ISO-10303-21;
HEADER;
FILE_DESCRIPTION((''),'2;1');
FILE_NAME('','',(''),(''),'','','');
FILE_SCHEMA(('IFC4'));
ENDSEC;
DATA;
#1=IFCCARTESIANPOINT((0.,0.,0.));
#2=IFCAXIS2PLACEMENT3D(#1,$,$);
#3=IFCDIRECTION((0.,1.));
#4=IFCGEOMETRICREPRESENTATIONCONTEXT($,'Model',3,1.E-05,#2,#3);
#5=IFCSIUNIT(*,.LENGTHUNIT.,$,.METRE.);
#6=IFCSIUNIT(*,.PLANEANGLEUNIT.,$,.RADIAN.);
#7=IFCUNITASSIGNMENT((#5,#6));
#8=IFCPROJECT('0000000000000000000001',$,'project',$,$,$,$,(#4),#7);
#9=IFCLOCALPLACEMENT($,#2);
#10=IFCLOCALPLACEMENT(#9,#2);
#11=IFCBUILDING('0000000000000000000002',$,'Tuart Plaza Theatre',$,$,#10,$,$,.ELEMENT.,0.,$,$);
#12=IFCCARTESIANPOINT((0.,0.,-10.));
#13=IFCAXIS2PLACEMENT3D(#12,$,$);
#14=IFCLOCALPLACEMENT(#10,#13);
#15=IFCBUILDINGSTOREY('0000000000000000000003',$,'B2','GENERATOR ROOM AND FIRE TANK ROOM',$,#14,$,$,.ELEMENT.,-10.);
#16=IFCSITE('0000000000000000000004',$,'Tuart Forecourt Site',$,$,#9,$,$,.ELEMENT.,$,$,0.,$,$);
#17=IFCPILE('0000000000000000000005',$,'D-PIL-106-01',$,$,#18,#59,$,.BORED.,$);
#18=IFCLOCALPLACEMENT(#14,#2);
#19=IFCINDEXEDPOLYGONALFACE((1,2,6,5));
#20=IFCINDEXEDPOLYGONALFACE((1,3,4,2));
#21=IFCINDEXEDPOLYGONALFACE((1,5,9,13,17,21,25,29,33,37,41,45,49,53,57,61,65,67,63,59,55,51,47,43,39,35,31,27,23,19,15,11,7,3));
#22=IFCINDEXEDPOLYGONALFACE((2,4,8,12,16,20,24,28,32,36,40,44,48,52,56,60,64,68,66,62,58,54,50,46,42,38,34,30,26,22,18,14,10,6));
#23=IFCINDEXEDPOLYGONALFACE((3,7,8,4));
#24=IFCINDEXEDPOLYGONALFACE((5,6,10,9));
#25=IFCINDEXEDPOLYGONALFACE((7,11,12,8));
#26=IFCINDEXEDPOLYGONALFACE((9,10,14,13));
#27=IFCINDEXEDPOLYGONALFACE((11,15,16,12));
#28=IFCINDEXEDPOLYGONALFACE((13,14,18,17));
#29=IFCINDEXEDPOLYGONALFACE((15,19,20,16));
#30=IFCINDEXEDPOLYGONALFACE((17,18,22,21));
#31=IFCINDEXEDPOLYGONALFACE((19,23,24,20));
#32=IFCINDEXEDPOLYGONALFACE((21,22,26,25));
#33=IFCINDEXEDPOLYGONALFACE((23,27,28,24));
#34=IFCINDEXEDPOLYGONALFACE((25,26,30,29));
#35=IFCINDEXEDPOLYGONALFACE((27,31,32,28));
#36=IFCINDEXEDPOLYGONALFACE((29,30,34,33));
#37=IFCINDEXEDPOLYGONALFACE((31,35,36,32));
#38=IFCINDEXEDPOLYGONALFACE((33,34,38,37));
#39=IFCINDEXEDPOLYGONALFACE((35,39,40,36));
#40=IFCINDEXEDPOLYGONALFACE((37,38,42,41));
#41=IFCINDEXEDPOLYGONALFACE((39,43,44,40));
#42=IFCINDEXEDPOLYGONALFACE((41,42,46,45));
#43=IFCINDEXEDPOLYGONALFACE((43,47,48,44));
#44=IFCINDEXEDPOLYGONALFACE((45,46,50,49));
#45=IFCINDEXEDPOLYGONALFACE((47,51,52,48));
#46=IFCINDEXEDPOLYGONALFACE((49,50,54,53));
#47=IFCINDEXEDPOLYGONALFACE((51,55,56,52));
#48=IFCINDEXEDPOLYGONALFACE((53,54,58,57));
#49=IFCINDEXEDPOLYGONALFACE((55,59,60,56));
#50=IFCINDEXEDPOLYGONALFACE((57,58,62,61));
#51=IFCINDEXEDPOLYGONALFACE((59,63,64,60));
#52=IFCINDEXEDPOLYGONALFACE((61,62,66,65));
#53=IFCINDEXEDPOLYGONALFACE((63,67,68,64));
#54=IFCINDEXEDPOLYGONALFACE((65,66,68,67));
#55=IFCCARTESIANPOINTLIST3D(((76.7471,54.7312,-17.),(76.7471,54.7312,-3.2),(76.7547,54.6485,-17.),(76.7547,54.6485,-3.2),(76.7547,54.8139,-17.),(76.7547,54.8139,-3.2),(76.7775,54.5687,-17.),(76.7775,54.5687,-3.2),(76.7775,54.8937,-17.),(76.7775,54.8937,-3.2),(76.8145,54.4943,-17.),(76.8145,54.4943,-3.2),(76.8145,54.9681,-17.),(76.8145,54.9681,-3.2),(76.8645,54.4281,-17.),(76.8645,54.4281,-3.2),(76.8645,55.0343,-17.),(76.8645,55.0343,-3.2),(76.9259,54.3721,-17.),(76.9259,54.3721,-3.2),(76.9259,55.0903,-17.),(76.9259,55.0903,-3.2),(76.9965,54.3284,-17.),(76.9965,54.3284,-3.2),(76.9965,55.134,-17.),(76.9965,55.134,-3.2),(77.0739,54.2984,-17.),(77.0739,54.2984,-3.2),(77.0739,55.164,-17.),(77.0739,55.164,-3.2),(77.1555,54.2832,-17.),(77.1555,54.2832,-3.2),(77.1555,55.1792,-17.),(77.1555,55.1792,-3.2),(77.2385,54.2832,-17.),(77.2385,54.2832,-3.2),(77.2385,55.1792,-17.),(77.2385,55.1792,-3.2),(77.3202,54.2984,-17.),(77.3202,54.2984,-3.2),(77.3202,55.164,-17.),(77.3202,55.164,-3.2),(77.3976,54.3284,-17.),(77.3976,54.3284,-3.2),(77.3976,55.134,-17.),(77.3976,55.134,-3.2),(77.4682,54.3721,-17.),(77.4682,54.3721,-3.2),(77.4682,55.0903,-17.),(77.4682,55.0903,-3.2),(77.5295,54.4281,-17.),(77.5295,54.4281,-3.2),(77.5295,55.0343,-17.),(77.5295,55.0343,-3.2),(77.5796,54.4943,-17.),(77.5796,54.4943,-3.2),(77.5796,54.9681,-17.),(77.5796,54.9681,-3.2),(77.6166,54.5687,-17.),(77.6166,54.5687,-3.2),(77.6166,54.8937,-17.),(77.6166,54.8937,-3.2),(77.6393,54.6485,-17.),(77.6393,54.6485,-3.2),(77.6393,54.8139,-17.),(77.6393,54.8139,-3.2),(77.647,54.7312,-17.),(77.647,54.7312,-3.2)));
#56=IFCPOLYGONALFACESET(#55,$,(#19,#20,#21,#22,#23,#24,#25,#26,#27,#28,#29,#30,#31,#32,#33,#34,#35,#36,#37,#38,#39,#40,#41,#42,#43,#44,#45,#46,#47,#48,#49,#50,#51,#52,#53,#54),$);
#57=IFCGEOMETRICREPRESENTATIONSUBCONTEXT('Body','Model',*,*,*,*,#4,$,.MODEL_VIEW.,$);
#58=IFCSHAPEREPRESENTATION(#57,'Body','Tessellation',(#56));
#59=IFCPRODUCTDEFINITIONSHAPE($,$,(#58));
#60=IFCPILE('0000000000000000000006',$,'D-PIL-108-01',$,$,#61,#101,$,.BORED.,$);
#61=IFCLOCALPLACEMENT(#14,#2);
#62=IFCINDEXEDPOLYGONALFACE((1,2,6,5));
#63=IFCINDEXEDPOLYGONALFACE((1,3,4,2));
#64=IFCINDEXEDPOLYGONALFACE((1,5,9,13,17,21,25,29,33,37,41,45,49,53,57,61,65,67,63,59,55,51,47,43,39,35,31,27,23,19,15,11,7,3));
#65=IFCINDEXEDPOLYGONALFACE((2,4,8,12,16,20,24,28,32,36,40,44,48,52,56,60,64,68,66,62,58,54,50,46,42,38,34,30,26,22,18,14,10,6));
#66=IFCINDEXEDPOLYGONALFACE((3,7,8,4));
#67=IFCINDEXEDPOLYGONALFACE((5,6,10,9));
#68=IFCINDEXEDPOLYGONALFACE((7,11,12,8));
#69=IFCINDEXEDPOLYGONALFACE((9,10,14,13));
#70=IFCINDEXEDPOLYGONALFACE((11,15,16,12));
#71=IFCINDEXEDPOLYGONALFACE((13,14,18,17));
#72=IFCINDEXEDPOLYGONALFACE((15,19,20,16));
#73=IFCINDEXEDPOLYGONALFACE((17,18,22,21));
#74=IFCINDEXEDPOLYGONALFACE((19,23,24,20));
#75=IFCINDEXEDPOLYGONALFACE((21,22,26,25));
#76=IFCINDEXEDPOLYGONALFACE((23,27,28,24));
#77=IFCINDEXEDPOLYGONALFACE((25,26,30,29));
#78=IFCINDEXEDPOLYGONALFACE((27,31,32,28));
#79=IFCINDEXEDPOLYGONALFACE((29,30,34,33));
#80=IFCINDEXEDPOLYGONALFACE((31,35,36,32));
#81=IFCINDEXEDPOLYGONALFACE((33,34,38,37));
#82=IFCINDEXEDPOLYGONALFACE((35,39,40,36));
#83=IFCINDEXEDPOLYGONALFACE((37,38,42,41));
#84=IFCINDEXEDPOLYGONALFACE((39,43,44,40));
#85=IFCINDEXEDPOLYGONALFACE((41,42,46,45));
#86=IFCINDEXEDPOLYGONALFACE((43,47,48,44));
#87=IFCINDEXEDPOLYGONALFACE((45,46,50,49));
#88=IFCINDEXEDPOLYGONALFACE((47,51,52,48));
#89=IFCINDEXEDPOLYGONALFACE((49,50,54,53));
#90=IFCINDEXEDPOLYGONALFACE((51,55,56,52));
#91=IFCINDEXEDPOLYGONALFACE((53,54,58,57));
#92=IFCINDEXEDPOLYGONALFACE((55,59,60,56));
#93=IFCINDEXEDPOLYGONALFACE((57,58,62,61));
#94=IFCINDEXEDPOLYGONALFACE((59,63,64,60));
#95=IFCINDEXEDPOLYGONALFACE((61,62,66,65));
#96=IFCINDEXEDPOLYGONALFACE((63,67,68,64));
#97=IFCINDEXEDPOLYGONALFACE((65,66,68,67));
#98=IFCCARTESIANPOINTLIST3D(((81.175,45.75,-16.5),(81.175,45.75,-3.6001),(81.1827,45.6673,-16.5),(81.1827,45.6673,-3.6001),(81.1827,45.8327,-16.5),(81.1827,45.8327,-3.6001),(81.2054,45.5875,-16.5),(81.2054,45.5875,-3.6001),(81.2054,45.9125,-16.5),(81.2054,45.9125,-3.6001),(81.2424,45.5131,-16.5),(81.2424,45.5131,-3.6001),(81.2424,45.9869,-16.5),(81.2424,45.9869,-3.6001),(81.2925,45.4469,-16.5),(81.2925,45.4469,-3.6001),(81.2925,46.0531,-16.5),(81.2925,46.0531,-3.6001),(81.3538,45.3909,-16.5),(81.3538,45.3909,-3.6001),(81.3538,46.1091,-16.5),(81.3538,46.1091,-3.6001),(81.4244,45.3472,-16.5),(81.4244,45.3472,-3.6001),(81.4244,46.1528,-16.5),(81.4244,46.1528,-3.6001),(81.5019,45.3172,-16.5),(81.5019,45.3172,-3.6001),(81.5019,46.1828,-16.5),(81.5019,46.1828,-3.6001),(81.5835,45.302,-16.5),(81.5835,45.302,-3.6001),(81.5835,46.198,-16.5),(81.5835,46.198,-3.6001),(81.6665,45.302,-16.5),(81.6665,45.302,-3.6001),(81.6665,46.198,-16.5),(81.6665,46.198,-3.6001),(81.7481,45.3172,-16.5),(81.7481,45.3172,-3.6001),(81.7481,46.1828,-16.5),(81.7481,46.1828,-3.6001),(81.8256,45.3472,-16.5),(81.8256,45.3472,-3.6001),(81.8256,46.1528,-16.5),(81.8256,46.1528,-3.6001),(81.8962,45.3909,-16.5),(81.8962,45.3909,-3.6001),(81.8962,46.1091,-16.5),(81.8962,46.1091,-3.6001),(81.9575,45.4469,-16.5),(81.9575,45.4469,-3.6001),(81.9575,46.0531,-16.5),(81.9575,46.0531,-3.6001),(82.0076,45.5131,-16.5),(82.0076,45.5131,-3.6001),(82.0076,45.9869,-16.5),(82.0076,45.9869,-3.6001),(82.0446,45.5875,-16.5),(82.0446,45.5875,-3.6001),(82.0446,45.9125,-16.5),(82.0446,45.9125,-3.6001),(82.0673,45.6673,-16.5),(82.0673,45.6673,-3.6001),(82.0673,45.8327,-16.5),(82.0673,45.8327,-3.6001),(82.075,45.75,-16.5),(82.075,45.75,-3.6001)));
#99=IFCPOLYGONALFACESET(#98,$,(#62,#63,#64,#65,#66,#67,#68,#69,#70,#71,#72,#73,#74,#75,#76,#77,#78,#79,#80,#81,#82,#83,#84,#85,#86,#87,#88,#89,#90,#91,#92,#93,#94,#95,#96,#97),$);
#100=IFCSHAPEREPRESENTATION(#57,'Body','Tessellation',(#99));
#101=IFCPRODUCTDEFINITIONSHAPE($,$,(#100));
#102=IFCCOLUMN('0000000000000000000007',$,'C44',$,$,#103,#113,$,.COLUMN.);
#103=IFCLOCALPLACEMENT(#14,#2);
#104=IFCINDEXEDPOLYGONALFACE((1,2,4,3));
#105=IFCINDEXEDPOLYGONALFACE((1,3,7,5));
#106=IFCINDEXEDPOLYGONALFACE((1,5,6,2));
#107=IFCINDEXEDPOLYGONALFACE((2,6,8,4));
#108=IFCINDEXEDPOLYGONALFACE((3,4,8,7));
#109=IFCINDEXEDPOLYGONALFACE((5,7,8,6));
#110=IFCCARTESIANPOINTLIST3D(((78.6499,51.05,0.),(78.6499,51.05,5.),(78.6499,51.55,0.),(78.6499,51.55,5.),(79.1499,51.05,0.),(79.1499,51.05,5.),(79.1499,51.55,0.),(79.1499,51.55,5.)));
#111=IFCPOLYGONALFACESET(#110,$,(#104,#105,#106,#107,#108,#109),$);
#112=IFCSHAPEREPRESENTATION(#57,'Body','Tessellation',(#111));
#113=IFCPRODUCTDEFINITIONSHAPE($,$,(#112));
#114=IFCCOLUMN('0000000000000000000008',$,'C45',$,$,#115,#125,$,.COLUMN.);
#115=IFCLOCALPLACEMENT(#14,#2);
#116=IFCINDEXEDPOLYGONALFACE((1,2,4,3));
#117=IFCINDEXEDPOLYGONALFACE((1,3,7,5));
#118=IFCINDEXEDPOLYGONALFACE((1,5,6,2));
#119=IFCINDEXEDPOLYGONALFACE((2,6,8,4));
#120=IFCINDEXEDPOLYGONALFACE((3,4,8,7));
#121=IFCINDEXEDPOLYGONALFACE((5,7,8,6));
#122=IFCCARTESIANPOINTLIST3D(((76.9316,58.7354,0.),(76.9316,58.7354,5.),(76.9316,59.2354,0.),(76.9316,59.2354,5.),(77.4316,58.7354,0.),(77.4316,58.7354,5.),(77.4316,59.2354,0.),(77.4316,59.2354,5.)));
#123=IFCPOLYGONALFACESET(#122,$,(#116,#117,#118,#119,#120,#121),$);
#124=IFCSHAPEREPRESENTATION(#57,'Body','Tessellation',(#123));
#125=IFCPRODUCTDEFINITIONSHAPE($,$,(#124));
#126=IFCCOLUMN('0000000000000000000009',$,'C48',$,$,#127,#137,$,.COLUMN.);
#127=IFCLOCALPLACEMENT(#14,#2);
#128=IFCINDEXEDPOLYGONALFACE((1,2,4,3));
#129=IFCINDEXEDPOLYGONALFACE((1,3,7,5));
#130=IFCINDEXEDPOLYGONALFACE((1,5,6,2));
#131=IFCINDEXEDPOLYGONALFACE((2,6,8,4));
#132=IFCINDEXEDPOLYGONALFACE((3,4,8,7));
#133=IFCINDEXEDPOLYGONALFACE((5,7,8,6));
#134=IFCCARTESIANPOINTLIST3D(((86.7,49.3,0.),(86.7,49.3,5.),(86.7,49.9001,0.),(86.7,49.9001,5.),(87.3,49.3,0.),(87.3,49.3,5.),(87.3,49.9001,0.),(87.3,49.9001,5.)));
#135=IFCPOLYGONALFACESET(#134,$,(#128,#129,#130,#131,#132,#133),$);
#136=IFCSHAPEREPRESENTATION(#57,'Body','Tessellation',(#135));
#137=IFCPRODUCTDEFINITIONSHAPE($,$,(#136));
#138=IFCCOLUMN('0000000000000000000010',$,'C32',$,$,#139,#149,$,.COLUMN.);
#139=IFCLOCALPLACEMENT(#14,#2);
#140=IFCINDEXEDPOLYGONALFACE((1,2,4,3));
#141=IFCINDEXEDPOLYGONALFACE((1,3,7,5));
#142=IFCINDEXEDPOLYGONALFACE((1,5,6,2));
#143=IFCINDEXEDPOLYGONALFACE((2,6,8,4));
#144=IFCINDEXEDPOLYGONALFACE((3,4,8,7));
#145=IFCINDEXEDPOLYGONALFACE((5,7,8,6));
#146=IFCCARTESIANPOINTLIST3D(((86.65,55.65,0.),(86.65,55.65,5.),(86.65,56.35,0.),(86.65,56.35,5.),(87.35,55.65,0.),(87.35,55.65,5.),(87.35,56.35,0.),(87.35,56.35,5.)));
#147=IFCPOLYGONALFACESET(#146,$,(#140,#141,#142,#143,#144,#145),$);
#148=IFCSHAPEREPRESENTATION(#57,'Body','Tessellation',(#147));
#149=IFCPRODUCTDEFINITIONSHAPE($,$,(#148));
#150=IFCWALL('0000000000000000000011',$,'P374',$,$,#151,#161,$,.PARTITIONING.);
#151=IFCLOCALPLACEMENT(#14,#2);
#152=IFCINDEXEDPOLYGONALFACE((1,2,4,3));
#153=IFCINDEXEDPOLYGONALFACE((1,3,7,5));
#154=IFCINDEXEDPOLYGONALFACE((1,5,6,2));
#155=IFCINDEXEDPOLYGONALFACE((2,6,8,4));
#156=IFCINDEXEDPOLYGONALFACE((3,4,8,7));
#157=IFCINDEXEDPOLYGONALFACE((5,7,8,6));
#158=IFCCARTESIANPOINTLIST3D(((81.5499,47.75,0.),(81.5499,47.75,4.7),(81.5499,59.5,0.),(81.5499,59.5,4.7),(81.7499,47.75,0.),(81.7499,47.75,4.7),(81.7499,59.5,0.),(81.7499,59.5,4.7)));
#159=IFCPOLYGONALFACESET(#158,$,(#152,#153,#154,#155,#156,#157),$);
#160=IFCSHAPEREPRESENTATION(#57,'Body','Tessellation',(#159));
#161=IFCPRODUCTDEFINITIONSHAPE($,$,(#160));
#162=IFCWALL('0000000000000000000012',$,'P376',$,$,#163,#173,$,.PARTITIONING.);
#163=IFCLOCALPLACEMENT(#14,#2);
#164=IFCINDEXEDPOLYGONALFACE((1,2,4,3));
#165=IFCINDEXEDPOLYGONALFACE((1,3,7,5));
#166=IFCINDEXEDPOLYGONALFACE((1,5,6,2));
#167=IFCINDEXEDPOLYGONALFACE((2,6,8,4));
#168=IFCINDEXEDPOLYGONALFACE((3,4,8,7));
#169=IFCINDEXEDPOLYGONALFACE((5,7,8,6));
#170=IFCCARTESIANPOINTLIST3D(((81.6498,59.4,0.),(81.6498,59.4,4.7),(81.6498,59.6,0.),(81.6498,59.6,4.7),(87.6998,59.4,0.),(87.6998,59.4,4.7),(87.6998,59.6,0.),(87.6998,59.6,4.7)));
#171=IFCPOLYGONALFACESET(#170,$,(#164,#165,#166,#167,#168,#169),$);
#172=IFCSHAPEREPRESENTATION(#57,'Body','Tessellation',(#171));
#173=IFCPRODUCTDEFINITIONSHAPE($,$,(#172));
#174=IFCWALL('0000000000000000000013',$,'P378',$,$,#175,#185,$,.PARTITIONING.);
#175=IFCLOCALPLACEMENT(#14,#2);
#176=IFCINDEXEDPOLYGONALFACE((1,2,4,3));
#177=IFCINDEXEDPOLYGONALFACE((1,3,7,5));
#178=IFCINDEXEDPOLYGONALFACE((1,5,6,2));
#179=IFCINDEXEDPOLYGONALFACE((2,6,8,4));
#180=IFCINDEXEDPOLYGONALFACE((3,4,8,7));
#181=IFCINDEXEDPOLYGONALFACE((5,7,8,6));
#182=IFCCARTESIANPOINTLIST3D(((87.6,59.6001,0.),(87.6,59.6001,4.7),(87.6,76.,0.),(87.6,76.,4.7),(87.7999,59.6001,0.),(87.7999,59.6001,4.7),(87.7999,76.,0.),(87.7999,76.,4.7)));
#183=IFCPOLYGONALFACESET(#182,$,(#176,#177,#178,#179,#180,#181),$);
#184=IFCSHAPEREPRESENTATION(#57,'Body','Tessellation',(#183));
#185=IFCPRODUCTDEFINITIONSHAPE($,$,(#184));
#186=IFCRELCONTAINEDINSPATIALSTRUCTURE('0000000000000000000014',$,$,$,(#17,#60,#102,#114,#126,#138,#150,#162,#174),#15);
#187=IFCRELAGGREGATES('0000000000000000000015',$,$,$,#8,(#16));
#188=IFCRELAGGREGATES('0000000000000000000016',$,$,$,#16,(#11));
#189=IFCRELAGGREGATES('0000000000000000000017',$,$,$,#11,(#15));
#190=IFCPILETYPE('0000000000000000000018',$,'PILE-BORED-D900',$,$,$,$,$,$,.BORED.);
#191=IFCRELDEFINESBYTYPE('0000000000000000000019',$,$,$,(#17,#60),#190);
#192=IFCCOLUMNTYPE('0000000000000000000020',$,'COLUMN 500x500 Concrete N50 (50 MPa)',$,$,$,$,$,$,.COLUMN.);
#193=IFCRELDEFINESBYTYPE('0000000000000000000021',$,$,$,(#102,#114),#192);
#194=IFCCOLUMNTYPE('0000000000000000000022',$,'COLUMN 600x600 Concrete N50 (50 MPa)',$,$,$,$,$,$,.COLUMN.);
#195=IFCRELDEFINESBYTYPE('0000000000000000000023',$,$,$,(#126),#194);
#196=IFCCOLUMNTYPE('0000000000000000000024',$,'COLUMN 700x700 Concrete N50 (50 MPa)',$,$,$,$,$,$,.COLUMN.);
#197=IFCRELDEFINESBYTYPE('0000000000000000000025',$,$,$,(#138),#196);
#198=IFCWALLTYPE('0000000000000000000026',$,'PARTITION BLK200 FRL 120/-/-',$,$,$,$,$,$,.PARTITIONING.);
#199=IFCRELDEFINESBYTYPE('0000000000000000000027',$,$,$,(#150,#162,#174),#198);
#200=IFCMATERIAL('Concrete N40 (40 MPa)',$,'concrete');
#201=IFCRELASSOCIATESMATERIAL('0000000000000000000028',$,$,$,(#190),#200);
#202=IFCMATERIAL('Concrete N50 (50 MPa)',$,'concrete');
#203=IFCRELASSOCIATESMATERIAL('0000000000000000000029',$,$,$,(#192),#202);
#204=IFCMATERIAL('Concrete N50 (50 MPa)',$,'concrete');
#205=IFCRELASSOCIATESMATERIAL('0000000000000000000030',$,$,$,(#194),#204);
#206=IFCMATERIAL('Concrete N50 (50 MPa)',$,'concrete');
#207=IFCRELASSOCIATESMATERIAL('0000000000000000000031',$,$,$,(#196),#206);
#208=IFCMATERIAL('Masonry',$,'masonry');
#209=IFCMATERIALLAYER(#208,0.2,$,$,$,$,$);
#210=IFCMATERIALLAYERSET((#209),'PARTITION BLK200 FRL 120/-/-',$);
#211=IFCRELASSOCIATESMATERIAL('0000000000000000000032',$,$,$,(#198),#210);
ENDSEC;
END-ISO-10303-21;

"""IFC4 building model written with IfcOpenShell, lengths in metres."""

from ifc_helpers import new_model, si_unit, direction, frame, frame_2d, origin, origin_2d, place, context, subcontext, project, spatial, rectangle, circle, extrude, material, layer, layer_set, material_profile, profile_set, type_object, element, save


model = new_model("IFC4")

# Units and contexts
model_context = context("Model", 3, precision=1e-05, world=origin(), true_north=direction((0.0, 1.0)))
body_context = subcontext(model_context, "Body", "Model", "MODEL_VIEW")
ifc_project = project(units=[si_unit("LENGTHUNIT", "METRE"), si_unit("PLANEANGLEUNIT", "RADIAN")], contexts=[model_context])

# Site, building, storey
site_placement = place(None, origin())
site = spatial("IfcSite", under=ifc_project, at=site_placement, Name="Tuart Forecourt Site", CompositionType="ELEMENT", RefElevation=0.0)
building_placement = place(site_placement, origin())
building = spatial("IfcBuilding", under=site, at=building_placement, Name="Tuart Plaza Theatre", CompositionType="ELEMENT", ElevationOfRefHeight=0.0)
storey_placement = place(building_placement, frame((0.0, 0.0, -10.0)))
storey = spatial("IfcBuildingStorey", under=building, at=storey_placement, Name="B2", Description="GENERATOR ROOM AND FIRE TANK ROOM", CompositionType="ELEMENT", Elevation=-10.0)

# Piles
ifc_material_1 = material(Name="Concrete N40 (40 MPa)", Category="concrete")
ifc_material_profile_1 = material_profile(ifc_material_1, circle(Radius=0.45, at=origin_2d()), Name="PILE-BORED-D900")
ifc_profile_set_1 = profile_set([ifc_material_profile_1], Name="Concrete N40 (40 MPa)")
pile_type_1 = type_object("IfcPileType", Name="PILE-BORED-D900", PredefinedType="BORED", material=ifc_profile_set_1)
pile_1_placement = place(storey_placement, frame((77.197, 54.7312, -3.2), z_axis=(0.0, 0.0, -1.0), x_axis=(1.0, 0.0, 0.0)))
element("IfcPile", 1, at=pile_1_placement, inside=storey, type_object=pile_type_1, Name="D-PIL-106-01", PredefinedType="BORED", context=body_context, shape_type="SweptSolid", body=[
    extrude(circle(Radius=0.45, at=origin_2d()), origin(), (0.0, 0.0, 1.0), 13.8),
])
pile_2_placement = place(storey_placement, frame((81.625, 45.75, -3.6001), z_axis=(0.0, 0.0, -1.0), x_axis=(1.0, 0.0, 0.0)))
element("IfcPile", 2, at=pile_2_placement, inside=storey, type_object=pile_type_1, Name="D-PIL-108-01", PredefinedType="BORED", context=body_context, shape_type="SweptSolid", body=[
    extrude(circle(Radius=0.45, at=origin_2d()), origin(), (0.0, 0.0, 1.0), 12.8999),
])

# Columns
ifc_material_2 = material(Name="Concrete N50 (50 MPa)", Category="concrete")
ifc_material_profile_2 = material_profile(ifc_material_2, rectangle(XDim=0.5, YDim=0.5, at=origin_2d()), Name="COLUMN 500x500 Concrete N50 (50 MPa)")
ifc_profile_set_2 = profile_set([ifc_material_profile_2], Name="Concrete N50 (50 MPa)")
column_type_1 = type_object("IfcColumnType", Name="COLUMN 500x500 Concrete N50 (50 MPa)", PredefinedType="COLUMN", material=ifc_profile_set_2)
for number, where, z_axis, x_axis, name in (
    (3, (78.8999, 51.3, 0.0), (0.0, 0.0, 1.0), (1.0, 0.0, 0.0), "C44"),
    (4, (77.1816, 58.9854, 0.0), (0.0, 0.0, 1.0), (1.0, 0.0, 0.0), "C45"),
):
    element("IfcColumn", number, at=place(storey_placement, frame(where, z_axis=z_axis, x_axis=x_axis)), inside=storey, type_object=column_type_1, Name=name, PredefinedType="COLUMN", context=body_context, shape_type="SweptSolid", body=[
        extrude(rectangle(XDim=0.5, YDim=0.5, at=origin_2d()), origin(), (0.0, 0.0, 1.0), 5.0),
    ])
ifc_material_3 = material(Name="Concrete N50 (50 MPa)", Category="concrete")
ifc_material_profile_3 = material_profile(ifc_material_3, rectangle(XDim=0.6001, YDim=0.6001, at=origin_2d()), Name="COLUMN 600x600 Concrete N50 (50 MPa)")
ifc_profile_set_3 = profile_set([ifc_material_profile_3], Name="Concrete N50 (50 MPa)")
column_type_2 = type_object("IfcColumnType", Name="COLUMN 600x600 Concrete N50 (50 MPa)", PredefinedType="COLUMN", material=ifc_profile_set_3)
column_1_placement = place(storey_placement, frame((87.0, 49.6001, 0.0), z_axis=(0.0, 0.0, 1.0), x_axis=(1.0, 0.0, 0.0)))
element("IfcColumn", 5, at=column_1_placement, inside=storey, type_object=column_type_2, Name="C48", PredefinedType="COLUMN", context=body_context, shape_type="SweptSolid", body=[
    extrude(rectangle(XDim=0.6001, YDim=0.6001, at=origin_2d()), origin(), (0.0, 0.0, 1.0), 5.0),
])
ifc_material_4 = material(Name="Concrete N50 (50 MPa)", Category="concrete")
ifc_material_profile_4 = material_profile(ifc_material_4, rectangle(XDim=0.7, YDim=0.7, at=origin_2d()), Name="COLUMN 700x700 Concrete N50 (50 MPa)")
ifc_profile_set_4 = profile_set([ifc_material_profile_4], Name="Concrete N50 (50 MPa)")
column_type_3 = type_object("IfcColumnType", Name="COLUMN 700x700 Concrete N50 (50 MPa)", PredefinedType="COLUMN", material=ifc_profile_set_4)
column_2_placement = place(storey_placement, frame((87.0, 56.0, 0.0), z_axis=(0.0, 0.0, 1.0), x_axis=(1.0, 0.0, 0.0)))
element("IfcColumn", 6, at=column_2_placement, inside=storey, type_object=column_type_3, Name="C32", PredefinedType="COLUMN", context=body_context, shape_type="SweptSolid", body=[
    extrude(rectangle(XDim=0.7, YDim=0.7, at=origin_2d()), origin(), (0.0, 0.0, 1.0), 5.0),
])

# Walls
ifc_material_5 = material(Name="Masonry", Category="masonry")
ifc_layer_1 = layer(ifc_material_5, 0.2)
ifc_layer_set_1 = layer_set([ifc_layer_1], Name="PARTITION BLK200 FRL 120/-/-")
wall_type_1 = type_object("IfcWallType", Name="PARTITION BLK200 FRL 120/-/-", PredefinedType="PARTITIONING", material=ifc_layer_set_1)
wall_1_placement = place(storey_placement, frame((81.6499, 47.75, 0.0), z_axis=(0.0, 0.0, 1.0), x_axis=(0.0, 1.0, 0.0)))
element("IfcWall", 7, at=wall_1_placement, inside=storey, type_object=wall_type_1, Name="P374", PredefinedType="PARTITIONING", context=body_context, shape_type="SweptSolid", body=[
    extrude(rectangle(XDim=11.75, YDim=0.2, at=frame_2d((5.875, 0.0))), origin(), (0.0, 0.0, 1.0), 4.7),
])
wall_2_placement = place(storey_placement, frame((81.6499, 59.5, 0.0), z_axis=(0.0, 0.0, 1.0), x_axis=(1.0, 0.0, 0.0)))
element("IfcWall", 8, at=wall_2_placement, inside=storey, type_object=wall_type_1, Name="P376", PredefinedType="PARTITIONING", context=body_context, shape_type="SweptSolid", body=[
    extrude(rectangle(XDim=6.05, YDim=0.2, at=frame_2d((3.0249, 0.0))), origin(), (0.0, 0.0, 1.0), 4.7),
])
wall_3_placement = place(storey_placement, frame((87.7, 59.6001, 0.0), z_axis=(0.0, 0.0, 1.0), x_axis=(0.0, 1.0, 0.0)))
element("IfcWall", 9, at=wall_3_placement, inside=storey, type_object=wall_type_1, Name="P378", PredefinedType="PARTITIONING", context=body_context, shape_type="SweptSolid", body=[
    extrude(rectangle(XDim=16.3999, YDim=0.2, at=frame_2d((8.2, 0.0))), origin(), (0.0, 0.0, 1.0), 4.7),
])

save(model, "model.ifc")
